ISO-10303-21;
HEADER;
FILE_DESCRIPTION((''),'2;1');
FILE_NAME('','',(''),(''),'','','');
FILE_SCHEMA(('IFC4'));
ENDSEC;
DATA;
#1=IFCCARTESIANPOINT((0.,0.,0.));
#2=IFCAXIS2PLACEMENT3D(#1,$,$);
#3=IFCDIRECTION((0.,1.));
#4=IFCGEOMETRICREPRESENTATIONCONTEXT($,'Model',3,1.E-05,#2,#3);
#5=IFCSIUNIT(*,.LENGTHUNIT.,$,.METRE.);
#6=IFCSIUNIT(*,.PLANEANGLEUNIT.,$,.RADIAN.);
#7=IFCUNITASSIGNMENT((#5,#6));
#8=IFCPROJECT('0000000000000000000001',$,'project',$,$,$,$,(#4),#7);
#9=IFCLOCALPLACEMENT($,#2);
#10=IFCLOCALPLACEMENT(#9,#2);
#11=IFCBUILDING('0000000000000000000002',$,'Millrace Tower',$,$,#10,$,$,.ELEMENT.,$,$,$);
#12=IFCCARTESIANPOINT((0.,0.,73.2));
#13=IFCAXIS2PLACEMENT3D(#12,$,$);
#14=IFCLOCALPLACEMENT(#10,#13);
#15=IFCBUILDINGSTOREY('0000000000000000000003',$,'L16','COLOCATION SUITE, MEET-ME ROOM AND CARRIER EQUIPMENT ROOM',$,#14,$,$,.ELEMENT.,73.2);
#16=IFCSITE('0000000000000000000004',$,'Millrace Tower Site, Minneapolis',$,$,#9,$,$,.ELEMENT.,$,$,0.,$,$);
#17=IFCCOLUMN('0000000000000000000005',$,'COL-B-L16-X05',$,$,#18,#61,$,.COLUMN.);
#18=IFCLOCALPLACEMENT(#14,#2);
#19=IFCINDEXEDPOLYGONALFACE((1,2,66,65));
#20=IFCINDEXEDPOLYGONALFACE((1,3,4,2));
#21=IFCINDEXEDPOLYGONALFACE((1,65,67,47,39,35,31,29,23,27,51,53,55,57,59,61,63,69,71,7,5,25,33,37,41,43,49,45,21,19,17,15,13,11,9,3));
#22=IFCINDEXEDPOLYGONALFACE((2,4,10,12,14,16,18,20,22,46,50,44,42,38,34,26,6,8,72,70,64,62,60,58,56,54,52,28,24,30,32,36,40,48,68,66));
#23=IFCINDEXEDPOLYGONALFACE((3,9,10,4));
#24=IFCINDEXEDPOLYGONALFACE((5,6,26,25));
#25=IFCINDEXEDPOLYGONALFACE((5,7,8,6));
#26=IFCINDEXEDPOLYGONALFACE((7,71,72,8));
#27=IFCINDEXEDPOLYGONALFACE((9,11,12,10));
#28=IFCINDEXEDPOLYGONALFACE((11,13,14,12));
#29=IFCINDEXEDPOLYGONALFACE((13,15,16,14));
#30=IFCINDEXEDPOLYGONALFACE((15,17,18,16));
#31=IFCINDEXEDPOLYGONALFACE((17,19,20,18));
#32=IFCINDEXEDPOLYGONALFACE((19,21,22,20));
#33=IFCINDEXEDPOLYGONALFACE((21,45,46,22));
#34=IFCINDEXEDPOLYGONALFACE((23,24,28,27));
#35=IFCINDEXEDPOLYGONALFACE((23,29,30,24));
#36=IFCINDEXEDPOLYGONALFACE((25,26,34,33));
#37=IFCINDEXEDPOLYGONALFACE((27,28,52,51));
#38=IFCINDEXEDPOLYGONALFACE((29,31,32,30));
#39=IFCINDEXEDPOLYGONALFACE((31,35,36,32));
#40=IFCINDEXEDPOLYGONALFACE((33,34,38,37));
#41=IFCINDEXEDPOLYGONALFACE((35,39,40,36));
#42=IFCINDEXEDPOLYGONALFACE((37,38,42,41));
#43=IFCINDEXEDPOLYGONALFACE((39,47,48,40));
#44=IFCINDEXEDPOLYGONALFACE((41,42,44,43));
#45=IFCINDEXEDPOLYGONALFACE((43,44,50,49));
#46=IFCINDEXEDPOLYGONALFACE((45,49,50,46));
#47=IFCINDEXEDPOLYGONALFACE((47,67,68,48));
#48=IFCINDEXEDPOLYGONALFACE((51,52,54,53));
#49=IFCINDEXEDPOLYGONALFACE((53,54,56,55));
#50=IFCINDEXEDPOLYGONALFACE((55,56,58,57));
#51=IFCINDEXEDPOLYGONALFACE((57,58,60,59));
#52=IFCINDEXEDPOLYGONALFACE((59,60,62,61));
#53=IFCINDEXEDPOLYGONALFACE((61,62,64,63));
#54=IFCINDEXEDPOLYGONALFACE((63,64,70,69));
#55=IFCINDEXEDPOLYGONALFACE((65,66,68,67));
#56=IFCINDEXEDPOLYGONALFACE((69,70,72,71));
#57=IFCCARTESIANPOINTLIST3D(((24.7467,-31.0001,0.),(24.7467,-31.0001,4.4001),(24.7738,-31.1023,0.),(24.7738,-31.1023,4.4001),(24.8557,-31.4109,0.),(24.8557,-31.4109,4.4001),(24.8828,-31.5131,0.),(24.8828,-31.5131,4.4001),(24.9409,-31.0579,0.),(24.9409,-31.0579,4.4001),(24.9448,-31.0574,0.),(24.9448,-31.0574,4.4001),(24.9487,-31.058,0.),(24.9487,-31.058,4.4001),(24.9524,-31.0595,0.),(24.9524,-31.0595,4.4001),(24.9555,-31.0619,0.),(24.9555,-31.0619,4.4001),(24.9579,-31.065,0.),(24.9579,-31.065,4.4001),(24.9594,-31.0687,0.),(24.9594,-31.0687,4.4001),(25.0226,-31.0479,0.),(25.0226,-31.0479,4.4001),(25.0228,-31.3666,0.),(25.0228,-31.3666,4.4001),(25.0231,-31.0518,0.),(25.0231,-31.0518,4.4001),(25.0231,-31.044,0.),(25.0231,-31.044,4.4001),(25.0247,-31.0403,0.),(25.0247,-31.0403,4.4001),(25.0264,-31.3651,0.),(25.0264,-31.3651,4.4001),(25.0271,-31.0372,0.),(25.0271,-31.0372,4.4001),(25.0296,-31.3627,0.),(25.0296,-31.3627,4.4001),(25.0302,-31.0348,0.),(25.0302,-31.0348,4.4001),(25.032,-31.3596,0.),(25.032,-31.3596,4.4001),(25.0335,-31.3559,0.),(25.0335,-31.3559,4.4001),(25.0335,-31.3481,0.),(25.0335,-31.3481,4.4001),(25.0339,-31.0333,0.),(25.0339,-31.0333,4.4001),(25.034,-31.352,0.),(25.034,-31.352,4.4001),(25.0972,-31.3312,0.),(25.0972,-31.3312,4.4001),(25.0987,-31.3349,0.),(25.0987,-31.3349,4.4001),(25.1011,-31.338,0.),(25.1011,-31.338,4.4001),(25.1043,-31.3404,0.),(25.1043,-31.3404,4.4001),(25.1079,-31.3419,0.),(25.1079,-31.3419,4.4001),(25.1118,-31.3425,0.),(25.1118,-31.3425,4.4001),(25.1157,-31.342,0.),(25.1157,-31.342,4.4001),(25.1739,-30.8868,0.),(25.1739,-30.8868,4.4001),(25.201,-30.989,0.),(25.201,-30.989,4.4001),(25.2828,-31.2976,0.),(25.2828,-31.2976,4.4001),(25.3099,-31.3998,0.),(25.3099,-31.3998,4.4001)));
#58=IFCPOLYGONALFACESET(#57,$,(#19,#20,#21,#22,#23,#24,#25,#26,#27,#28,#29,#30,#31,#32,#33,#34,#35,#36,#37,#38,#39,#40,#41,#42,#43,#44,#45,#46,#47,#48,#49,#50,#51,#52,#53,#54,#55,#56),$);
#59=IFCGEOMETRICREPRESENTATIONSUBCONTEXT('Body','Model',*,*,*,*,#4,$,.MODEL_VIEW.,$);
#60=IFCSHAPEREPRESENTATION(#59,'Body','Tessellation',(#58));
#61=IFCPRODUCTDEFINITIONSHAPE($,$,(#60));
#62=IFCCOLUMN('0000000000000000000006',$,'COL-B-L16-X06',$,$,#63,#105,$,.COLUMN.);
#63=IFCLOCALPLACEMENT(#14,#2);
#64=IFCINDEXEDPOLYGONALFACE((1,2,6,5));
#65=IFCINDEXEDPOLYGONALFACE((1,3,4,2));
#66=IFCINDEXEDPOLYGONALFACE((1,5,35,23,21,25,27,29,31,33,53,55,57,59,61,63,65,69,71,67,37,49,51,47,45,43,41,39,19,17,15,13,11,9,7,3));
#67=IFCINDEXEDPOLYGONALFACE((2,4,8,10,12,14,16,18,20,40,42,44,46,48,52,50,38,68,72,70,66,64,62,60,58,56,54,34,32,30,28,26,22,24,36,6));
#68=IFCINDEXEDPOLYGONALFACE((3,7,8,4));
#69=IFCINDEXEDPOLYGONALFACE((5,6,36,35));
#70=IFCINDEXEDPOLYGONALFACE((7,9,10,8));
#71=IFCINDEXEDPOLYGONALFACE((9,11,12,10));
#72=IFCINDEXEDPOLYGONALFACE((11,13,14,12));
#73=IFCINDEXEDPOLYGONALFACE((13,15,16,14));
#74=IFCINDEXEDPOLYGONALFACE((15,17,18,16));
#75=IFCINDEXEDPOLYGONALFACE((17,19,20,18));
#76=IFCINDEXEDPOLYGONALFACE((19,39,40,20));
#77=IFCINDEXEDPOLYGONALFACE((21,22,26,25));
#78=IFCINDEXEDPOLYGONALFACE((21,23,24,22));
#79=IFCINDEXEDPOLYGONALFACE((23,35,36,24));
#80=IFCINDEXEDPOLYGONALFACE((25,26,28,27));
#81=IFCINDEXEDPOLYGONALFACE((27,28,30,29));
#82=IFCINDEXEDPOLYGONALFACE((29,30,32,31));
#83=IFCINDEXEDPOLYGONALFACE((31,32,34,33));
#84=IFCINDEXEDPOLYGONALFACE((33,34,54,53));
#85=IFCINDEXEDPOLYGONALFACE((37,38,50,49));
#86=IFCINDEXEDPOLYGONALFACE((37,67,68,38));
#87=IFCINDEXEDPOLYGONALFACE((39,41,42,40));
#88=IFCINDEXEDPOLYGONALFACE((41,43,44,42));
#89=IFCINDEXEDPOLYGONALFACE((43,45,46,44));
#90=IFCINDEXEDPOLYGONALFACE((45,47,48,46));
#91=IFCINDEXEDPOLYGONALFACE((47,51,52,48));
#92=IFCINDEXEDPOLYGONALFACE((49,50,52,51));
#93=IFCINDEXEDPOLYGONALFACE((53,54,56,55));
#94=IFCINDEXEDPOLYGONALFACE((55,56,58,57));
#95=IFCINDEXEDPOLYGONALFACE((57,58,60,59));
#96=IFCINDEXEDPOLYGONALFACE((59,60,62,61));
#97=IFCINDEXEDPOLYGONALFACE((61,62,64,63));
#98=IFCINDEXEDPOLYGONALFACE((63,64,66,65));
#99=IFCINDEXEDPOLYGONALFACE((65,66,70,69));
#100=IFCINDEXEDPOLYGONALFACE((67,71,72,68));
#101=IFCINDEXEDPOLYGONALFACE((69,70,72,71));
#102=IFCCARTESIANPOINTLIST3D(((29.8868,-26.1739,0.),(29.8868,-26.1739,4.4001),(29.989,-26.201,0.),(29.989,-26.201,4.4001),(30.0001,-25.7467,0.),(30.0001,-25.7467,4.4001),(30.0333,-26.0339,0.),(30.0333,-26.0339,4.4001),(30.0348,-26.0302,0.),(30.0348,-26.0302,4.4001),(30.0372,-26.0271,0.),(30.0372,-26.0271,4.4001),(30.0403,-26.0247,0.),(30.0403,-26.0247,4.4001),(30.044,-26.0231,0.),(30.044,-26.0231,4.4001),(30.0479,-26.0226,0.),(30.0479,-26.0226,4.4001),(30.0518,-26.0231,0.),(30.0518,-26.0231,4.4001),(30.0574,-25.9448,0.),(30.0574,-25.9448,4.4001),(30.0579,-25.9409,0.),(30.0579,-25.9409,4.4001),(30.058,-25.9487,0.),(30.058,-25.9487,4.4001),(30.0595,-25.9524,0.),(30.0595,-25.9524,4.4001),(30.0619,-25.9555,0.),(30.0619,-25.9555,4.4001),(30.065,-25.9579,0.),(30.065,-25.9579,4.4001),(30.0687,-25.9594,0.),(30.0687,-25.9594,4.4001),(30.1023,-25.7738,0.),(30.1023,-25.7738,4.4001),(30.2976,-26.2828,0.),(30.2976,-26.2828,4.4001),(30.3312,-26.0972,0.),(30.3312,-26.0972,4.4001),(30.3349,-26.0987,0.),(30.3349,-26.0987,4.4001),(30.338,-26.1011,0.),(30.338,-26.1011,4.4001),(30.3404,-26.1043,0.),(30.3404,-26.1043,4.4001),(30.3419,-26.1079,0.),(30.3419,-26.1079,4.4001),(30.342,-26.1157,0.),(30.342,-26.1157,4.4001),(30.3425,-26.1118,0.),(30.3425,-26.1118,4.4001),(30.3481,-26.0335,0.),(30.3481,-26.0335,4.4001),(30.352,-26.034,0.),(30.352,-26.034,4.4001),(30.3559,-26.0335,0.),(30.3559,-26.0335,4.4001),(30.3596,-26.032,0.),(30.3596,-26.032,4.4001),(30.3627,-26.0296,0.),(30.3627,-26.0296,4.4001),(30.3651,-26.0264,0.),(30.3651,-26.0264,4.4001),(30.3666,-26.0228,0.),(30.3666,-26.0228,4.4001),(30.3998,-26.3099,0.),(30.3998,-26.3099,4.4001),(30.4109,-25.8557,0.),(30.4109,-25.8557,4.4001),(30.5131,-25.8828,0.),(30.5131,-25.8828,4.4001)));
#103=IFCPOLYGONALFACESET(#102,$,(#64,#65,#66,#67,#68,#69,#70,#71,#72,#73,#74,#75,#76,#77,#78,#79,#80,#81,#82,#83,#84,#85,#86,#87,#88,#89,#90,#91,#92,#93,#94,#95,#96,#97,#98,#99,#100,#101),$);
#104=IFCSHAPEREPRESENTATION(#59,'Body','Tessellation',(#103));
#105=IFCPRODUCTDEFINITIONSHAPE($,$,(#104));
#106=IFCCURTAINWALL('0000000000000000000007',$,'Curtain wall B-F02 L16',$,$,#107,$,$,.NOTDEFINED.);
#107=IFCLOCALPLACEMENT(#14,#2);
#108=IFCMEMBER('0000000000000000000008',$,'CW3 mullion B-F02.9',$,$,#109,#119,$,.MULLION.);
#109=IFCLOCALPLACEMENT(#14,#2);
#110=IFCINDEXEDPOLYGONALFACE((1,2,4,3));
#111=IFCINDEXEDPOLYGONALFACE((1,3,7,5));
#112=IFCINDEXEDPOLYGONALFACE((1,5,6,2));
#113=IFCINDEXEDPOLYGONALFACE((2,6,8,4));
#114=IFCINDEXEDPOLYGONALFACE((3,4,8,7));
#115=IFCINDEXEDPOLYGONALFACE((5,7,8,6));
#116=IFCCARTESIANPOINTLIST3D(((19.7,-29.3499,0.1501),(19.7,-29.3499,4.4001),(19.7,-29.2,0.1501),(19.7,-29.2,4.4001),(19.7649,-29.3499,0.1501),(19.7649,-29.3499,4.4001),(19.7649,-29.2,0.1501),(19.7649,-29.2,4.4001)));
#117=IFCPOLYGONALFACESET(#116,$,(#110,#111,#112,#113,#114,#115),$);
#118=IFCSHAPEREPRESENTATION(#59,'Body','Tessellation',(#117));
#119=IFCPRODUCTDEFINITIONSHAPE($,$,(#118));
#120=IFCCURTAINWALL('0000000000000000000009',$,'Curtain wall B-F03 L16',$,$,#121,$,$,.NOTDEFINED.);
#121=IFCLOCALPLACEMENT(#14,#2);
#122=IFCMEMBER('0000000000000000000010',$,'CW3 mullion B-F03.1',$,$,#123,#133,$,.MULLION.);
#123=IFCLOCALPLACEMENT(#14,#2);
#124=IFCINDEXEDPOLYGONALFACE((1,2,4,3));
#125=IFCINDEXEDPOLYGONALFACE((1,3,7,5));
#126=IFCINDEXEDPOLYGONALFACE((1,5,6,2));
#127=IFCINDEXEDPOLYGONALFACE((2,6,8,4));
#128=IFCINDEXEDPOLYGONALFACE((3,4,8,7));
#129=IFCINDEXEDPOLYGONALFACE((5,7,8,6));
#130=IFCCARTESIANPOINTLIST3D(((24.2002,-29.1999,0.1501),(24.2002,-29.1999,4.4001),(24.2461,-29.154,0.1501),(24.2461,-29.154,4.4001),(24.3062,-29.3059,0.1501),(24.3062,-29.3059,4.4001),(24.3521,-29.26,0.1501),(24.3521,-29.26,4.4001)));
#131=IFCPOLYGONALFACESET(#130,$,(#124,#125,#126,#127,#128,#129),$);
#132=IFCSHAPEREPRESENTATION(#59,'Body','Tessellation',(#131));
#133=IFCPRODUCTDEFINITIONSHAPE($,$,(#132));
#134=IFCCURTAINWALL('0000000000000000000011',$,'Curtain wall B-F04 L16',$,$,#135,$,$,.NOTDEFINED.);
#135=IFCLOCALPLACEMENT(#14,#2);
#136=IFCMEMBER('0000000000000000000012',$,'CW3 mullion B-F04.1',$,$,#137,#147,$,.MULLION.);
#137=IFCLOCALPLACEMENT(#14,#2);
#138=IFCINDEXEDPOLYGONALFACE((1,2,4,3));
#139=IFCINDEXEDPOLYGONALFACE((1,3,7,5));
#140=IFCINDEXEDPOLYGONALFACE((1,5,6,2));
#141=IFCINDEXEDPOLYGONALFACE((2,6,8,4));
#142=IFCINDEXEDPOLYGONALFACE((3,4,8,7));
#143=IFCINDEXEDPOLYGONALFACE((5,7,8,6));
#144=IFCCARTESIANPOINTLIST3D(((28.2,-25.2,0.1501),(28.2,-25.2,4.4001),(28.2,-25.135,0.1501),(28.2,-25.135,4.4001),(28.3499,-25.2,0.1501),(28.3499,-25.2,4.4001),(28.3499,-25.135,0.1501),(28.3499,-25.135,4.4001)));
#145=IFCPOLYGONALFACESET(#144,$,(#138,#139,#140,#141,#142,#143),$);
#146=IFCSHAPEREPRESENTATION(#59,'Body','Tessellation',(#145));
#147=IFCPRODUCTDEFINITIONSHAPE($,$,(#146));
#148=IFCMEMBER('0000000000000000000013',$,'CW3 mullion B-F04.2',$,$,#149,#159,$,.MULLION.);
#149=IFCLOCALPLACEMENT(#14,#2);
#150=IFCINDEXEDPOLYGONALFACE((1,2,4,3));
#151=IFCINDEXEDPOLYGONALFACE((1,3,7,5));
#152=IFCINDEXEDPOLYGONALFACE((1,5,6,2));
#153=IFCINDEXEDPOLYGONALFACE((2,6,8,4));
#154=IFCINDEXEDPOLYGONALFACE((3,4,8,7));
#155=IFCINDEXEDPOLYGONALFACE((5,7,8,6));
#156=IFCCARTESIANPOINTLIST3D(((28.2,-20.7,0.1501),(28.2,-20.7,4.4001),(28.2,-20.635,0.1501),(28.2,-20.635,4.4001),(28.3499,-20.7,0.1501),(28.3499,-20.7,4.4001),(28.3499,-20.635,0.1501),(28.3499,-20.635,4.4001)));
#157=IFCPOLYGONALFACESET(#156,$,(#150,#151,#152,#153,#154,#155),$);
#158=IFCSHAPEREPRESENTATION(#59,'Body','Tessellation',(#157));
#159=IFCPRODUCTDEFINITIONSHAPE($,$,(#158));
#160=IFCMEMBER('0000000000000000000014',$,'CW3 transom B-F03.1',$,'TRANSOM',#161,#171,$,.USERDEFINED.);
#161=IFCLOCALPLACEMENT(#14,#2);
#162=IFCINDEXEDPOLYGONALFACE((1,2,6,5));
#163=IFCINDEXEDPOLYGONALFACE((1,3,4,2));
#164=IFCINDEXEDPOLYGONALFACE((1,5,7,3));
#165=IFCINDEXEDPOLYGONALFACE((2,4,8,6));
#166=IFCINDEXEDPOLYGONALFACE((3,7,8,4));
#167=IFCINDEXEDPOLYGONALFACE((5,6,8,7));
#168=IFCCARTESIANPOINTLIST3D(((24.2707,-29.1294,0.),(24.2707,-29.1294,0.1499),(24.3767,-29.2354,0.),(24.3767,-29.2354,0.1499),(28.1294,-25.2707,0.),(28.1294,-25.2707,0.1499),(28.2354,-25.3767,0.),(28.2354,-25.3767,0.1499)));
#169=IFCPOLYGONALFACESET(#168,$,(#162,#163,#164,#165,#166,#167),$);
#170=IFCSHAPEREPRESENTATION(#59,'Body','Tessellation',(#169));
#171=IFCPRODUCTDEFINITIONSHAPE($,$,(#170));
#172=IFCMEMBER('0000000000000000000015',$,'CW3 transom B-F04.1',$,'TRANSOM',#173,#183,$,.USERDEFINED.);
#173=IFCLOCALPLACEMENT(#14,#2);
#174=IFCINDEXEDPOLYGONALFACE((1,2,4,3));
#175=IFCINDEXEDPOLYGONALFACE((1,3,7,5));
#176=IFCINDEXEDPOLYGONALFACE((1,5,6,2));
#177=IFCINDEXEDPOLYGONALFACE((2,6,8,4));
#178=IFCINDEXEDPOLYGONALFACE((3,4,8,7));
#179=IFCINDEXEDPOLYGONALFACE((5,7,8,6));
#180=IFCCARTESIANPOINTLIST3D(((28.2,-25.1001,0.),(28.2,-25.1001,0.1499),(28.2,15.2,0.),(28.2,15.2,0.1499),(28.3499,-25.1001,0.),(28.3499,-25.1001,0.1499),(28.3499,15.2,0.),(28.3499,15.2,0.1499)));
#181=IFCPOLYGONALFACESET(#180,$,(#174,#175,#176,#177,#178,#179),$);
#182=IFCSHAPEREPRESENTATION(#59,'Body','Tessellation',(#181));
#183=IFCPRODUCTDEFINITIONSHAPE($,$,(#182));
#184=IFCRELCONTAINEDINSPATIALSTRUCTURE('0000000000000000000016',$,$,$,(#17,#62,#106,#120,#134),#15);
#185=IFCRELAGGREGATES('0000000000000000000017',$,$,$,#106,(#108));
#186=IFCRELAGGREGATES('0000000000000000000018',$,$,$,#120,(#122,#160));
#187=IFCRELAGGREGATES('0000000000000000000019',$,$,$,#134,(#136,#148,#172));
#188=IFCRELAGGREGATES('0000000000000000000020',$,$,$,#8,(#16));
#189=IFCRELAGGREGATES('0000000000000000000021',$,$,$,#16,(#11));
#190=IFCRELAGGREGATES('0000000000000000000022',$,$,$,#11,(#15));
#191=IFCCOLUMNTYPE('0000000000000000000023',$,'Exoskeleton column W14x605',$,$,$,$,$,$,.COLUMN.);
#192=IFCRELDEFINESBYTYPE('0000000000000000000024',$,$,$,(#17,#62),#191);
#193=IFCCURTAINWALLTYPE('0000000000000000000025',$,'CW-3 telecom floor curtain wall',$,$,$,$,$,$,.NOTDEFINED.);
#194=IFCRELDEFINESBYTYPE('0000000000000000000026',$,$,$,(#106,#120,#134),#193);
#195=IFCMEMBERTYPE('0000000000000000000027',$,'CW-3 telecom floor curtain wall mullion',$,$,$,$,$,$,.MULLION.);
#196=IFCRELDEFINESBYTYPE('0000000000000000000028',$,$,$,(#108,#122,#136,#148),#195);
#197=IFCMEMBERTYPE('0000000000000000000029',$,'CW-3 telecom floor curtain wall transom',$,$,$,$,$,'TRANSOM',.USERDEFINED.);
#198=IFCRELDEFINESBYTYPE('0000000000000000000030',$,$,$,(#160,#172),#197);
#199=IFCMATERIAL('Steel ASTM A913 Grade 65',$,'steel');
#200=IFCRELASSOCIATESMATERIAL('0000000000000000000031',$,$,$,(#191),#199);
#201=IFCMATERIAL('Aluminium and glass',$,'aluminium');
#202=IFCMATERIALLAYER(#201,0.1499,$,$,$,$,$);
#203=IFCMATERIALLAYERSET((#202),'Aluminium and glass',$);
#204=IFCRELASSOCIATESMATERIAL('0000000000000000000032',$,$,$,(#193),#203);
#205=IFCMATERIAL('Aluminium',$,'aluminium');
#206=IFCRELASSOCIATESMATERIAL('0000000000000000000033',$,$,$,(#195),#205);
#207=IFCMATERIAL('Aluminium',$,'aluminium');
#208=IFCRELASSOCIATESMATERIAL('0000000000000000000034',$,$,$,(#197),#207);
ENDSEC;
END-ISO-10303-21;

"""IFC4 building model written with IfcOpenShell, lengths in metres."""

from ifc_helpers import new_model, si_unit, direction, frame, origin, origin_2d, place, context, subcontext, project, spatial, rectangle, i_section, extrude, material, layer, layer_set, material_profile, profile_set, type_object, element, aggregate, save


model = new_model("IFC4")

# Units and contexts
model_context = context("Model", 3, precision=1e-05, world=origin(), true_north=direction((0.0, 1.0)))
body_context = subcontext(model_context, "Body", "Model", "MODEL_VIEW")
ifc_project = project(units=[si_unit("LENGTHUNIT", "METRE"), si_unit("PLANEANGLEUNIT", "RADIAN")], contexts=[model_context])

# Site, building, storey
site_placement = place(None, origin())
site = spatial("IfcSite", under=ifc_project, at=site_placement, Name="Millrace Tower Site, Minneapolis", CompositionType="ELEMENT", RefElevation=0.0)
building_placement = place(site_placement, origin())
building = spatial("IfcBuilding", under=site, at=building_placement, Name="Millrace Tower", CompositionType="ELEMENT")
storey_placement = place(building_placement, frame((0.0, 0.0, 73.2)))
storey = spatial("IfcBuildingStorey", under=building, at=storey_placement, Name="L16", Description="COLOCATION SUITE, MEET-ME ROOM AND CARRIER EQUIPMENT ROOM", CompositionType="ELEMENT", Elevation=73.2)

# Columns
ifc_material_1 = material(Name="Steel ASTM A913 Grade 65", Category="steel")
ifc_material_profile_1 = material_profile(ifc_material_1, i_section(OverallWidth=0.4419, OverallDepth=0.5308, WebThickness=0.0659, FlangeThickness=0.1057, FilletRadius=0.0151, at=origin_2d()))
ifc_profile_set_1 = profile_set([ifc_material_profile_1], Name="Steel ASTM A913 Grade 65")
column_type = type_object("IfcColumnType", Name="Exoskeleton column W14x605", PredefinedType="COLUMN", material=ifc_profile_set_1)
for number, where, z_axis, x_axis, name in (
    (1, (25.0283, -31.2, 0.0), (0.0, 0.0, 1.0), (0.966585, 0.256347, 0.0), "COL-B-L16-X05"),
    (2, (30.2, -26.0283, 0.0), (0.0, 0.0, 1.0), (0.256347, 0.966585, 0.0), "COL-B-L16-X06"),
):
    element("IfcColumn", number, at=place(storey_placement, frame(where, z_axis=z_axis, x_axis=x_axis)), inside=storey, type_object=column_type, Name=name, PredefinedType="COLUMN", context=body_context, shape_type="SweptSolid", body=[
        extrude(i_section(OverallWidth=0.4419, OverallDepth=0.5308, WebThickness=0.0659, FlangeThickness=0.1057, FilletRadius=0.0151, at=origin_2d()), origin(), (0.0, 0.0, 1.0), 4.4001),
    ])

# Curtain walls, members
ifc_material_2 = material(Name="Aluminium and glass", Category="aluminium")
ifc_layer_1 = layer(ifc_material_2, 0.1499)
ifc_layer_set_1 = layer_set([ifc_layer_1], Name="Aluminium and glass")
curtain_wall_type = type_object("IfcCurtainWallType", Name="CW-3 telecom floor curtain wall", PredefinedType="NOTDEFINED", material=ifc_layer_set_1)
placement = place(storey_placement, origin())
curtain_wall_1 = element("IfcCurtainWall", 3, at=placement, inside=storey, type_object=curtain_wall_type, Name="Curtain wall B-F02 L16", PredefinedType="NOTDEFINED")
ifc_material_3 = material(Name="Aluminium", Category="aluminium")
ifc_material_profile_2 = material_profile(ifc_material_3, rectangle(XDim=0.0649, YDim=0.1499, at=origin_2d()))
ifc_profile_set_2 = profile_set([ifc_material_profile_2], Name="Aluminium")
member_type_1 = type_object("IfcMemberType", Name="CW-3 telecom floor curtain wall mullion", PredefinedType="MULLION", material=ifc_profile_set_2)
member_1_placement = place(storey_placement, frame((19.7324, -29.2749, 0.1501), z_axis=(0.0, 0.0, 1.0), x_axis=(1.0, 0.0, 0.0)))
member_1 = element("IfcMember", 4, at=member_1_placement, type_object=member_type_1, Name="CW3 mullion B-F02.9", PredefinedType="MULLION", context=body_context, shape_type="SweptSolid", body=[
    extrude(rectangle(XDim=0.0649, YDim=0.1499, at=origin_2d()), origin(), (0.0, 0.0, 1.0), 4.25),
])
aggregate(curtain_wall_1, [member_1])
curtain_wall_2 = element("IfcCurtainWall", 5, at=placement, inside=storey, type_object=curtain_wall_type, Name="Curtain wall B-F03 L16", PredefinedType="NOTDEFINED")
member_2_placement = place(storey_placement, frame((24.2761, -29.23, 0.1501), z_axis=(0.0, 0.0, 1.0), x_axis=(0.707107, 0.707107, 0.0)))
member_2 = element("IfcMember", 6, at=member_2_placement, type_object=member_type_1, Name="CW3 mullion B-F03.1", PredefinedType="MULLION", context=body_context, shape_type="SweptSolid", body=[
    extrude(rectangle(XDim=0.0649, YDim=0.1499, at=origin_2d()), origin(), (0.0, 0.0, 1.0), 4.25),
])

# Curtain wall, members
curtain_wall_3 = element("IfcCurtainWall", 7, at=placement, inside=storey, type_object=curtain_wall_type, Name="Curtain wall B-F04 L16", PredefinedType="NOTDEFINED")
member_3_placement = place(storey_placement, frame((28.2749, -25.1675, 0.1501), z_axis=(0.0, 0.0, 1.0), x_axis=(0.0, 1.0, 0.0)))
member_3 = element("IfcMember", 8, at=member_3_placement, type_object=member_type_1, Name="CW3 mullion B-F04.1", PredefinedType="MULLION", context=body_context, shape_type="SweptSolid", body=[
    extrude(rectangle(XDim=0.0649, YDim=0.1499, at=origin_2d()), origin(), (0.0, 0.0, 1.0), 4.25),
])
member_4_placement = place(storey_placement, frame((28.2749, -20.6675, 0.1501), z_axis=(0.0, 0.0, 1.0), x_axis=(0.0, 1.0, 0.0)))
member_4 = element("IfcMember", 9, at=member_4_placement, type_object=member_type_1, Name="CW3 mullion B-F04.2", PredefinedType="MULLION", context=body_context, shape_type="SweptSolid", body=[
    extrude(rectangle(XDim=0.0649, YDim=0.1499, at=origin_2d()), origin(), (0.0, 0.0, 1.0), 4.25),
])

# Members
ifc_material_4 = material(Name="Aluminium", Category="aluminium")
ifc_material_profile_3 = material_profile(ifc_material_4, rectangle(XDim=0.1499, YDim=0.1499, at=origin_2d()))
ifc_profile_set_3 = profile_set([ifc_material_profile_3], Name="Aluminium")
member_type_2 = type_object("IfcMemberType", Name="CW-3 telecom floor curtain wall transom", ElementType="TRANSOM", PredefinedType="USERDEFINED", material=ifc_profile_set_3)
member_5_placement = place(storey_placement, frame((24.3237, -29.1824, 0.075), z_axis=(0.707107, 0.707107, 0.0), x_axis=(-0.707107, 0.707107, 0.0)))
member_5 = element("IfcMember", 10, at=member_5_placement, type_object=member_type_2, Name="CW3 transom B-F03.1", ObjectType="TRANSOM", PredefinedType="USERDEFINED", context=body_context, shape_type="SweptSolid", body=[
    extrude(rectangle(XDim=0.1499, YDim=0.1499, at=origin_2d()), origin(), (0.0, 0.0, 1.0), 5.457),
])
aggregate(curtain_wall_2, [member_2, member_5])
member_6_placement = place(storey_placement, frame((28.2749, -25.1001, 0.075), z_axis=(0.0, 1.0, 0.0), x_axis=(-1.0, 0.0, 0.0)))
member_6 = element("IfcMember", 11, at=member_6_placement, type_object=member_type_2, Name="CW3 transom B-F04.1", ObjectType="TRANSOM", PredefinedType="USERDEFINED", context=body_context, shape_type="SweptSolid", body=[
    extrude(rectangle(XDim=0.1499, YDim=0.1499, at=origin_2d()), origin(), (0.0, 0.0, 1.0), 40.3),
])
aggregate(curtain_wall_3, [member_3, member_4, member_6])

save(model, "model.ifc")
